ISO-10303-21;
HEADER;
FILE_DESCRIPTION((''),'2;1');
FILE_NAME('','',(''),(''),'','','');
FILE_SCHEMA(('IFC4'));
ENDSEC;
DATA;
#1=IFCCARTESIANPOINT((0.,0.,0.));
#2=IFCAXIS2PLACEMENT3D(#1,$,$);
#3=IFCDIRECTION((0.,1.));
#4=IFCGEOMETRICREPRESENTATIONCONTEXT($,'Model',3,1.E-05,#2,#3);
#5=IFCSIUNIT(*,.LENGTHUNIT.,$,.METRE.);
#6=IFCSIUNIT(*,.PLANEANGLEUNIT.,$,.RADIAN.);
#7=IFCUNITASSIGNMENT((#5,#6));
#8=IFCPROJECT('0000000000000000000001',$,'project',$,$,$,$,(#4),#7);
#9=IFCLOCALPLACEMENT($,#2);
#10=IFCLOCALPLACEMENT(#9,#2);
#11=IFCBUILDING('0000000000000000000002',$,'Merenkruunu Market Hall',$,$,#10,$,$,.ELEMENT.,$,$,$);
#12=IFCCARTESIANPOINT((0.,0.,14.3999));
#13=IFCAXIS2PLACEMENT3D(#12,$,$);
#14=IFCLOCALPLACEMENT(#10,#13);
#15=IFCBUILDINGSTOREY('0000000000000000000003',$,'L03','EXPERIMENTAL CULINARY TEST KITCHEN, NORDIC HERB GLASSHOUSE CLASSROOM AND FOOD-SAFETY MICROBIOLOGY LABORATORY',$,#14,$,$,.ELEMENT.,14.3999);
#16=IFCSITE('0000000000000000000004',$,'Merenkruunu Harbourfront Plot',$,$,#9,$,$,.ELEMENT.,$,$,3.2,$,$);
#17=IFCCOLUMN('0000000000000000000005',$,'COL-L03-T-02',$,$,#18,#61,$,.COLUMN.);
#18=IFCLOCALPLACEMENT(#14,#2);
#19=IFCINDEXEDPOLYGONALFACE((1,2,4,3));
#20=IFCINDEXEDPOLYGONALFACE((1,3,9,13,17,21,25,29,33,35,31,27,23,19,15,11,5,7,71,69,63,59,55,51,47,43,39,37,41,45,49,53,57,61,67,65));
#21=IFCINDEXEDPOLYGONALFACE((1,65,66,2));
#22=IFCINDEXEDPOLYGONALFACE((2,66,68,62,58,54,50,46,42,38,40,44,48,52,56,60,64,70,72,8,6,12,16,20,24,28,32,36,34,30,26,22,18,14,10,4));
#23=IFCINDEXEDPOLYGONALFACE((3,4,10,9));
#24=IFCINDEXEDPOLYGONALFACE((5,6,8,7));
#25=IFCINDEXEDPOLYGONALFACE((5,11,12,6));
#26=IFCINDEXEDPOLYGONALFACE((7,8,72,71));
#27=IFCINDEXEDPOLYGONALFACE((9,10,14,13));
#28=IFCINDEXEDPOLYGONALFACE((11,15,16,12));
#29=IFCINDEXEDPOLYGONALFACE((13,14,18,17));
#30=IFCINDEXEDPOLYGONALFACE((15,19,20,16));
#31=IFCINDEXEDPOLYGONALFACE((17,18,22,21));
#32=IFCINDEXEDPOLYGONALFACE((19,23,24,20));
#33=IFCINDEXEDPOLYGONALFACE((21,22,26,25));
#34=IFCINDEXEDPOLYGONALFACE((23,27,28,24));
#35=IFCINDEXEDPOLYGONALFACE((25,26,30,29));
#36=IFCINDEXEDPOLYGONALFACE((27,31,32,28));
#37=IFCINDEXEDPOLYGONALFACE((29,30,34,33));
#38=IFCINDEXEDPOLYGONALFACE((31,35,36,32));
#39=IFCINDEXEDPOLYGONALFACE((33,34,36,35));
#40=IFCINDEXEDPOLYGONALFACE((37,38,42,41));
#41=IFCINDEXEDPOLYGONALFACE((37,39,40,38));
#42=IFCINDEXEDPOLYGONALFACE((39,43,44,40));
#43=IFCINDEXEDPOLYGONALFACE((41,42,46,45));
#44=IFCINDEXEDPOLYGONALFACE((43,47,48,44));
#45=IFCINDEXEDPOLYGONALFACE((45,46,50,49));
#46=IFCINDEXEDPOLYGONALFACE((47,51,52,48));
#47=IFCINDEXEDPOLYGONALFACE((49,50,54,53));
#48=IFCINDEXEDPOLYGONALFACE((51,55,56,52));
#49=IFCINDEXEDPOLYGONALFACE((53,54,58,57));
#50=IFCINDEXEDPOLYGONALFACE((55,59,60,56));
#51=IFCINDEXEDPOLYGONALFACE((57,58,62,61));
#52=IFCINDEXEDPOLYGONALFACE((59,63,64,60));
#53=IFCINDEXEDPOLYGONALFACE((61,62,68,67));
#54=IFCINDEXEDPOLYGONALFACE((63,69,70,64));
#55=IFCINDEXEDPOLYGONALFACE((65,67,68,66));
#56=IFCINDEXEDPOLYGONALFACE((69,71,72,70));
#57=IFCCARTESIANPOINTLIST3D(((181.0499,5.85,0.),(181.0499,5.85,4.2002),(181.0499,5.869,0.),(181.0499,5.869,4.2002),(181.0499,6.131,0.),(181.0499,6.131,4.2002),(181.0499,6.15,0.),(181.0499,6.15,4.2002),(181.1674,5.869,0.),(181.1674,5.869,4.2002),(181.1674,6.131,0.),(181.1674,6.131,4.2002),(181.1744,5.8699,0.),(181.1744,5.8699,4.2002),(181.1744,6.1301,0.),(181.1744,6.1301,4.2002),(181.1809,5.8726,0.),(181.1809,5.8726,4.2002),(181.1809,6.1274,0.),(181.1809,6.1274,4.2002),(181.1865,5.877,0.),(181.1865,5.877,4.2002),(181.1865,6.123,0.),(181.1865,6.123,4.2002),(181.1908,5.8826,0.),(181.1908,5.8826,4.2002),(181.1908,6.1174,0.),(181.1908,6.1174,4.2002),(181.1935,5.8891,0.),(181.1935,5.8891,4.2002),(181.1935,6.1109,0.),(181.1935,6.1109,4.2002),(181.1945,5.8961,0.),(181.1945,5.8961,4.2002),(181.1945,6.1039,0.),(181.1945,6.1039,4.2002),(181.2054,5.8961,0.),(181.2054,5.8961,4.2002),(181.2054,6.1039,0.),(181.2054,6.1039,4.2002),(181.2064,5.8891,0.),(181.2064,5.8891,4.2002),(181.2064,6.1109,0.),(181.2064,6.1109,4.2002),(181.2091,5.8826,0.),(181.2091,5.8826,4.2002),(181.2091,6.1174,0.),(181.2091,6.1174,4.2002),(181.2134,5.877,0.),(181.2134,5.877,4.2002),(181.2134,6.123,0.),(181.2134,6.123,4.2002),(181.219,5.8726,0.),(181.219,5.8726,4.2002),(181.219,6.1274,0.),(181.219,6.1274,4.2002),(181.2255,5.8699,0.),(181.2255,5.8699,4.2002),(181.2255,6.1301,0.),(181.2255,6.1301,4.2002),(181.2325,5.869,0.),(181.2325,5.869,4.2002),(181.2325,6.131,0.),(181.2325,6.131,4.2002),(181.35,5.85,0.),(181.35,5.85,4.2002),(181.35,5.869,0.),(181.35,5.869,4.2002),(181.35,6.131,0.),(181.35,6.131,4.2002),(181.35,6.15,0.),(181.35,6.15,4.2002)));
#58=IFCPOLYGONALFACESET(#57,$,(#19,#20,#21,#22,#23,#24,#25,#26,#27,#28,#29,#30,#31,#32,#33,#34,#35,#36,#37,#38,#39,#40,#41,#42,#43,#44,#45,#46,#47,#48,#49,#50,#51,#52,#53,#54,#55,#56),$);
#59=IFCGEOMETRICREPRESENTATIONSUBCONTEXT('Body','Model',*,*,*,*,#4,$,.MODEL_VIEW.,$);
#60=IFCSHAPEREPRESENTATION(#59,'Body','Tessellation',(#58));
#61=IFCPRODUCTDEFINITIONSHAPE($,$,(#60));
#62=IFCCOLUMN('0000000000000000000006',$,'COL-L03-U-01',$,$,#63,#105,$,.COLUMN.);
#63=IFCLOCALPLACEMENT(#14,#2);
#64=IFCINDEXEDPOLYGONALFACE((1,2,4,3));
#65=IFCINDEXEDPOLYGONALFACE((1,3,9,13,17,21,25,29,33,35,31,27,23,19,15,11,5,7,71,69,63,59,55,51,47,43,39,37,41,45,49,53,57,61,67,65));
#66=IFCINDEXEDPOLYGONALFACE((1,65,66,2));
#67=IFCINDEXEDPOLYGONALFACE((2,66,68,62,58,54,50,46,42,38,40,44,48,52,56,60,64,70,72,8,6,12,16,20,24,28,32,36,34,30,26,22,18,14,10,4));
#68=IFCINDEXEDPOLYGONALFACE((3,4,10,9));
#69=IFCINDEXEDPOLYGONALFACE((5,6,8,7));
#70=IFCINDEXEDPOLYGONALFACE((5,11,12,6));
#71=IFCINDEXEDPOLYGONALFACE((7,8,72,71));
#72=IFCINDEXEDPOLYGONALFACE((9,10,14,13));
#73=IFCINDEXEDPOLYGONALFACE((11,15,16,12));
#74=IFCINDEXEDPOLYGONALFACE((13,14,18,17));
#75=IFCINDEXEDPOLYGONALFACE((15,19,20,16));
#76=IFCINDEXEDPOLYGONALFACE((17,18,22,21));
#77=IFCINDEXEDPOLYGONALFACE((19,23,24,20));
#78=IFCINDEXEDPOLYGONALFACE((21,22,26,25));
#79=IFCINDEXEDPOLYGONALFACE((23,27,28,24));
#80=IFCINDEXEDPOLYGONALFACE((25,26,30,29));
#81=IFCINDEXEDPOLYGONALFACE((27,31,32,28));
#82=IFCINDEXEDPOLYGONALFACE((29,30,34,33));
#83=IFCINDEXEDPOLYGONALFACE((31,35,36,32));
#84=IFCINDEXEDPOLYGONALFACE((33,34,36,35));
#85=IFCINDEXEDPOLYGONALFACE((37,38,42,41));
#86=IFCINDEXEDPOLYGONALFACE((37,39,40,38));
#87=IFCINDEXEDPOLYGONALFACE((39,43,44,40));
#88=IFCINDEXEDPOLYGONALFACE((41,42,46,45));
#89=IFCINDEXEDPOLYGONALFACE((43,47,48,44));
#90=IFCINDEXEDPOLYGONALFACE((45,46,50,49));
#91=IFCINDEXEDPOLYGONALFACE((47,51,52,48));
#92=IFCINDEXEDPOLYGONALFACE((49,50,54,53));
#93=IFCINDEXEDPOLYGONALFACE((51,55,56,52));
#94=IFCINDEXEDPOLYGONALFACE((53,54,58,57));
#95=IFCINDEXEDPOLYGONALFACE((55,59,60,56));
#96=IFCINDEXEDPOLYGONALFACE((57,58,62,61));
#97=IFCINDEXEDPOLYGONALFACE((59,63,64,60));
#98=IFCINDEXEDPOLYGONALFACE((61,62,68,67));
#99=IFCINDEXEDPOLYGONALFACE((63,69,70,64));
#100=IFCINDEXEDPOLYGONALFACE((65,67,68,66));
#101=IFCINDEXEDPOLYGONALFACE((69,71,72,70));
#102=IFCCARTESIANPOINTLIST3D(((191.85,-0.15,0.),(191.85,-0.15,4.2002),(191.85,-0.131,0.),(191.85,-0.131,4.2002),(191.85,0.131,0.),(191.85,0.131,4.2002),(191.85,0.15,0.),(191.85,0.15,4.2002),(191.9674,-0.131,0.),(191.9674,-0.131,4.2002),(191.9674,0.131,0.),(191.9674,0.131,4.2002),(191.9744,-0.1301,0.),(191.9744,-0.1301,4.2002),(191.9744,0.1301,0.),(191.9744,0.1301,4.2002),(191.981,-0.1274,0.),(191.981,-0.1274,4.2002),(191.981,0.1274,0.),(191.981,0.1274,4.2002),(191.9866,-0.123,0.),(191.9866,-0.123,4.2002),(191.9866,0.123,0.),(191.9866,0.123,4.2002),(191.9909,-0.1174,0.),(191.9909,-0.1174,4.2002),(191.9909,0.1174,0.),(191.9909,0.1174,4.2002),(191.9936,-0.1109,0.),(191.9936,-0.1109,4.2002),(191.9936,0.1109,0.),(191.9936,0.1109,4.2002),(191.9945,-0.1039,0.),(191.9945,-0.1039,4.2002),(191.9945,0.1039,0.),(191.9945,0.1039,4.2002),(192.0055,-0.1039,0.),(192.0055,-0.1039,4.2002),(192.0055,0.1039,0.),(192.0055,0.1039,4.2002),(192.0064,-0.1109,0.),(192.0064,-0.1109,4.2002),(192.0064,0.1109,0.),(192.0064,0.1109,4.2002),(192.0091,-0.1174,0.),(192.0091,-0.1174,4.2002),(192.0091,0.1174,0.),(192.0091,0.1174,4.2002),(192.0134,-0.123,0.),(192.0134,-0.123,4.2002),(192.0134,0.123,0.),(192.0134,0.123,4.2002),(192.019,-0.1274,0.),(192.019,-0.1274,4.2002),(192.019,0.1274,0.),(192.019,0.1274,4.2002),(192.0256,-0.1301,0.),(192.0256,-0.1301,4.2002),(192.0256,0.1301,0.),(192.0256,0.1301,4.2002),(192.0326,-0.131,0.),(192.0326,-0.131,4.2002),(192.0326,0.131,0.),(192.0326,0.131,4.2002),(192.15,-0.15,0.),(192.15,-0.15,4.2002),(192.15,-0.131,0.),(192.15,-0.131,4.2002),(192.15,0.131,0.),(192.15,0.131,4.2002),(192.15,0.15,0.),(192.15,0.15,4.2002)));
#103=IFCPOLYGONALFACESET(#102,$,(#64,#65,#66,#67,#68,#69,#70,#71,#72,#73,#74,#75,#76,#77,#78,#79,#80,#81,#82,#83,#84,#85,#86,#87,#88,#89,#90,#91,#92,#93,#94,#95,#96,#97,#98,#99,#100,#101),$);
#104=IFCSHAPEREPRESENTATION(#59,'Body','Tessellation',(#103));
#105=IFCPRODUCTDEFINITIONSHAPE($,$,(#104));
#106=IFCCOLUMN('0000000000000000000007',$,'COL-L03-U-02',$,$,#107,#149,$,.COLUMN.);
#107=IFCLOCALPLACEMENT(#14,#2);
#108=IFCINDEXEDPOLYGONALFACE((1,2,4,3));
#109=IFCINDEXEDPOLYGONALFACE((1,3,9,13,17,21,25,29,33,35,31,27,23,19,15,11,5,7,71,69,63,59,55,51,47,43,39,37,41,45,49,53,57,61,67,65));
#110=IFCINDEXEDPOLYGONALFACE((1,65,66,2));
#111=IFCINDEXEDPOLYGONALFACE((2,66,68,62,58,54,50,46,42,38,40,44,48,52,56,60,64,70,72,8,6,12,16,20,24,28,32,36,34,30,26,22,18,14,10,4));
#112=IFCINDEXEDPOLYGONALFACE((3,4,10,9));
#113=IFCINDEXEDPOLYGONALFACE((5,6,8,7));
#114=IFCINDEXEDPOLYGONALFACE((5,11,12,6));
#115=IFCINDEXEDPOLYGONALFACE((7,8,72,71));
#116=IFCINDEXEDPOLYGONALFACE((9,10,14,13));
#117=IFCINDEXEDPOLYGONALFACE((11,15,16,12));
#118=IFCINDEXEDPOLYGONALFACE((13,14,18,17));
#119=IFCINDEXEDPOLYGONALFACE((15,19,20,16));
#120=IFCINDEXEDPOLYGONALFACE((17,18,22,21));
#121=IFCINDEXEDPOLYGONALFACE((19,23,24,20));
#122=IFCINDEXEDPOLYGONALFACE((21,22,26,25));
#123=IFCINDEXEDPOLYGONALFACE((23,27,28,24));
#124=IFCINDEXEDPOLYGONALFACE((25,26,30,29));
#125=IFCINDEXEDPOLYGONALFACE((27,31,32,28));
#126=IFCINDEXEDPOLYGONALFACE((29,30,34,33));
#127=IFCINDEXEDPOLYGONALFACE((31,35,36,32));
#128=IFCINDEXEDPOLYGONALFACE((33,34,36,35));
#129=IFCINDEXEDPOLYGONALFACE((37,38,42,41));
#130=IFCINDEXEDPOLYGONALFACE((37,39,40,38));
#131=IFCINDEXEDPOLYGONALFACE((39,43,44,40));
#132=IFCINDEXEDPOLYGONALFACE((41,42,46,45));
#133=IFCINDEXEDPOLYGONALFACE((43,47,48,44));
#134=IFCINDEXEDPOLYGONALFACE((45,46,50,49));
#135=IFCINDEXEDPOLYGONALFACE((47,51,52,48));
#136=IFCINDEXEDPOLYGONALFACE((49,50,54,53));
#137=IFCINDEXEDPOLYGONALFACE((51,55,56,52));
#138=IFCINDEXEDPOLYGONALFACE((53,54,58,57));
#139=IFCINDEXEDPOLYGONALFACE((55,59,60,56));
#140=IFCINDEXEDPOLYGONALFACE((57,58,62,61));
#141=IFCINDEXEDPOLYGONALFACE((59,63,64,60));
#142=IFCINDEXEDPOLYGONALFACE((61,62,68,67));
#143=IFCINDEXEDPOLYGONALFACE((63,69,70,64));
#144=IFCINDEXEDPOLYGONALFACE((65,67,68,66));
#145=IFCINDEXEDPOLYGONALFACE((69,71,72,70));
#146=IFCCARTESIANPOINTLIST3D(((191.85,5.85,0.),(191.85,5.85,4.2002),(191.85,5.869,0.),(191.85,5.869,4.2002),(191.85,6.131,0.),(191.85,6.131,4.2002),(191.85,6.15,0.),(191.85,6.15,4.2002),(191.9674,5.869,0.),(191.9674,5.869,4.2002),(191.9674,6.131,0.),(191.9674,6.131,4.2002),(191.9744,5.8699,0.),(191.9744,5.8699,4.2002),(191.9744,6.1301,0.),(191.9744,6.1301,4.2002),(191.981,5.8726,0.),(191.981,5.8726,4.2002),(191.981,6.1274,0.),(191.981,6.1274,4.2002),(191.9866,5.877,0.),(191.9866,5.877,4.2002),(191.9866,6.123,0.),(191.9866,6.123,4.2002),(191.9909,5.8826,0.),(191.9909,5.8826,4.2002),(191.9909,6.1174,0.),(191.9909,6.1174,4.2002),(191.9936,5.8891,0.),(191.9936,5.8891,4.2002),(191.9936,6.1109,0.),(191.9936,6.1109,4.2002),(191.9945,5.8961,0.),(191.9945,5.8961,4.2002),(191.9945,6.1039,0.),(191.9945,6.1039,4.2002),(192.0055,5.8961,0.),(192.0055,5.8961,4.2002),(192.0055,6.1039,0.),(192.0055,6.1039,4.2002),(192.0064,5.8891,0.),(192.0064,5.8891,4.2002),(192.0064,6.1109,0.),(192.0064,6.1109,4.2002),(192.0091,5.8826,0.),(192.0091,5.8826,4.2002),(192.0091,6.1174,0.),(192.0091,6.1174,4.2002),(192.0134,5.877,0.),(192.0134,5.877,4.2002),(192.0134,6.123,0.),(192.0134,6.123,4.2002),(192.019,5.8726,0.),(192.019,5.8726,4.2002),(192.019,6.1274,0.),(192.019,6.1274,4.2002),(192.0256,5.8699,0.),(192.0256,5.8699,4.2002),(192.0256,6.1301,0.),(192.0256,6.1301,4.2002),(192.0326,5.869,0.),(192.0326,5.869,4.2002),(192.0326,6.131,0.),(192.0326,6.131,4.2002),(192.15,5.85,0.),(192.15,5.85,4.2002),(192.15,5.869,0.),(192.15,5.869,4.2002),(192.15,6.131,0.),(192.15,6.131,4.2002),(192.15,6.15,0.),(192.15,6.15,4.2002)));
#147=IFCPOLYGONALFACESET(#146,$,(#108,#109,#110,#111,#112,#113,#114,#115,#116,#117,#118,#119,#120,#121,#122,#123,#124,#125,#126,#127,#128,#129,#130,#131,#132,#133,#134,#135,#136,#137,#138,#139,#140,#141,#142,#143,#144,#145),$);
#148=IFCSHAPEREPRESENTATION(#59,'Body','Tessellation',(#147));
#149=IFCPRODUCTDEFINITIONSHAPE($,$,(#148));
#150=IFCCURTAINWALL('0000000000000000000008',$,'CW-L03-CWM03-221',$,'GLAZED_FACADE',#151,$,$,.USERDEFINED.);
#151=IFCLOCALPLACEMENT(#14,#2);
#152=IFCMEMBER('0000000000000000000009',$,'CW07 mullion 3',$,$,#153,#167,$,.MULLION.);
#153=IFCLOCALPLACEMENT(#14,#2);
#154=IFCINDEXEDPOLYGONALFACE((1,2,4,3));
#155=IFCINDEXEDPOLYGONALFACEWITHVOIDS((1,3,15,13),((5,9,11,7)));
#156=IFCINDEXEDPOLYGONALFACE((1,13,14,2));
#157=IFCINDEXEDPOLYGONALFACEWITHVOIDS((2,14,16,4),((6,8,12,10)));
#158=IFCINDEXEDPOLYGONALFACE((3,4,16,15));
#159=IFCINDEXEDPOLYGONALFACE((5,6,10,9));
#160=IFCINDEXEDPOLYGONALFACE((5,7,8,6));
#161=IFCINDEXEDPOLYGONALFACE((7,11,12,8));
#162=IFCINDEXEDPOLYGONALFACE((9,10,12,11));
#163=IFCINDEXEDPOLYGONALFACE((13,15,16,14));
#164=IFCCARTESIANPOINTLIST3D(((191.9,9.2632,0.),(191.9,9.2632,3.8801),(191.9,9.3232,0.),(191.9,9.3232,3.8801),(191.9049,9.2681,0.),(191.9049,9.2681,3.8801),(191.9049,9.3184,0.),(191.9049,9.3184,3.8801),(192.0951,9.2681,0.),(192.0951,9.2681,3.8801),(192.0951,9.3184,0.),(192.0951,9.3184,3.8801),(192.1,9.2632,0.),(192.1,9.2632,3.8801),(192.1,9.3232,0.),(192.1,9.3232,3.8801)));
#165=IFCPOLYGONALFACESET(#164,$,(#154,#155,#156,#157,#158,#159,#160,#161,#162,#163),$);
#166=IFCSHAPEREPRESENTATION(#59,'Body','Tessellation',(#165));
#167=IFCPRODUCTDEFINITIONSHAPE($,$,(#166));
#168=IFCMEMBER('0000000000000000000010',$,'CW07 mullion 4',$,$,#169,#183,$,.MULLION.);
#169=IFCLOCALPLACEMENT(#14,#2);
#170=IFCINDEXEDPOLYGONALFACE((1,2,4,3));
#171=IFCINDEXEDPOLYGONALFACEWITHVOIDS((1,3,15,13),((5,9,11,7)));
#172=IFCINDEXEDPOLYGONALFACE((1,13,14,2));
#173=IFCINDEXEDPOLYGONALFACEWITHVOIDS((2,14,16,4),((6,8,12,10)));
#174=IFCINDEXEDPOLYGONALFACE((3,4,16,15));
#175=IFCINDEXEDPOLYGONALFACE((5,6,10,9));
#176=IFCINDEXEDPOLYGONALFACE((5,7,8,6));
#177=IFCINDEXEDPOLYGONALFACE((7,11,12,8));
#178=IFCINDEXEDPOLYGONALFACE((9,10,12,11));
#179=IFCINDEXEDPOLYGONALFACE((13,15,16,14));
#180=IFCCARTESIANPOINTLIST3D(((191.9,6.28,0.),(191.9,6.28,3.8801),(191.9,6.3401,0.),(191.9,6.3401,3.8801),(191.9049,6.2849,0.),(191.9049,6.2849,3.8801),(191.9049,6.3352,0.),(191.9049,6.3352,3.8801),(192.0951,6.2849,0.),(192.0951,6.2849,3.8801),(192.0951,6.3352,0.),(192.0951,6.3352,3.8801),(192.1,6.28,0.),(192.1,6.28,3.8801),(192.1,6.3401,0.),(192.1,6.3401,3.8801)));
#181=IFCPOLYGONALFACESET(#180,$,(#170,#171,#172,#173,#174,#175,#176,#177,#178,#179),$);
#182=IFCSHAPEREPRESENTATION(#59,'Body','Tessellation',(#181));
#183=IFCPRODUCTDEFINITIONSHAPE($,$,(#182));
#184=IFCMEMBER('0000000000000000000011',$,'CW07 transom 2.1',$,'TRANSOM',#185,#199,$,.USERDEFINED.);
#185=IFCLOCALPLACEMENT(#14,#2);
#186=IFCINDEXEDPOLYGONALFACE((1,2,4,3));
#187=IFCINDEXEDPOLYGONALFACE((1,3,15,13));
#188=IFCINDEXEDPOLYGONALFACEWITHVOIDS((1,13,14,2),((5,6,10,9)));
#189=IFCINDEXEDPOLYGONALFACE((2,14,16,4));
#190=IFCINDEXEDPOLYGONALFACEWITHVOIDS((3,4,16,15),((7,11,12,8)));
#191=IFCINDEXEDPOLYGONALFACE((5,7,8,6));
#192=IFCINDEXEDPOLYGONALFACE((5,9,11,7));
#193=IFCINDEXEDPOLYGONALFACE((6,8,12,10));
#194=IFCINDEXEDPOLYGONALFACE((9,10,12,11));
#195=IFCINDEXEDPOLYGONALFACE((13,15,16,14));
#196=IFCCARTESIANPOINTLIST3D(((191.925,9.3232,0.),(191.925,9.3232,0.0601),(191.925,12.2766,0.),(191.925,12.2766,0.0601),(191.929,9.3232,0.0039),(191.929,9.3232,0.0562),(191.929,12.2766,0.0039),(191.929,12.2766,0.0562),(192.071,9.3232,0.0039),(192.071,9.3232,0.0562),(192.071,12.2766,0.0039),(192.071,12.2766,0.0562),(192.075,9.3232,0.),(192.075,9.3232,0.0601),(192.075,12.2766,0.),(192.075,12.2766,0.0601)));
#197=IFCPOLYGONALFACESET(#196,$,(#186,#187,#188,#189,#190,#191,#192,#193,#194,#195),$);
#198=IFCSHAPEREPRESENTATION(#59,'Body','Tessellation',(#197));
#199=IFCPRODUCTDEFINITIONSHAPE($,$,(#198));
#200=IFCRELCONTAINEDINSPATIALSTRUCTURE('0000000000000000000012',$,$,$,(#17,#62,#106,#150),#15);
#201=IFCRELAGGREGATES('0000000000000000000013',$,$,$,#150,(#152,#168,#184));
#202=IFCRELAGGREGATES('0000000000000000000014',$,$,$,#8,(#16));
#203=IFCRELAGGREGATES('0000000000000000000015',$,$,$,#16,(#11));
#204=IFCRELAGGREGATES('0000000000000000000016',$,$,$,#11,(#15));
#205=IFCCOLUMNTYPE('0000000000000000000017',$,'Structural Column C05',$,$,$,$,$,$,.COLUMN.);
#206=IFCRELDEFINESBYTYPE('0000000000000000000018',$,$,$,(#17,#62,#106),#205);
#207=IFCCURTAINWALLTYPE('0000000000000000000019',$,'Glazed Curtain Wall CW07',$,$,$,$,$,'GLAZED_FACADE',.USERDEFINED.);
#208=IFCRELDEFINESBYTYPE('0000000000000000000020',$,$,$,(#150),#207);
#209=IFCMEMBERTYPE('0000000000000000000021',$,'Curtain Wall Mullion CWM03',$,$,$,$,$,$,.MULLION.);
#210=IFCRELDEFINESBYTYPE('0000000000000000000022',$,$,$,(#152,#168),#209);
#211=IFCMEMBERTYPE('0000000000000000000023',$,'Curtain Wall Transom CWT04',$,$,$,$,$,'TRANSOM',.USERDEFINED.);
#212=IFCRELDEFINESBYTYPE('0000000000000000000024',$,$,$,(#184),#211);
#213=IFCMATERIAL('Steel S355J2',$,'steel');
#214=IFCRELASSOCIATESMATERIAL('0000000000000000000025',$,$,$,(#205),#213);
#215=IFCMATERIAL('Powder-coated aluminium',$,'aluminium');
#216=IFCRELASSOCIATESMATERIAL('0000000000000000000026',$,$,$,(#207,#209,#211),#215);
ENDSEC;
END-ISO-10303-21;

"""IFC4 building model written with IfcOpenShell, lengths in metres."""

from ifc_helpers import new_model, si_unit, direction, frame, origin, origin_2d, place, context, subcontext, project, spatial, hollow_rectangle, i_section, extrude, material, material_profile, profile_set, type_object, element, aggregate, save


model = new_model("IFC4")

# Units and contexts
model_context = context("Model", 3, precision=1e-05, world=origin(), true_north=direction((0.0, 1.0)))
body_context = subcontext(model_context, "Body", "Model", "MODEL_VIEW")
ifc_project = project(units=[si_unit("LENGTHUNIT", "METRE"), si_unit("PLANEANGLEUNIT", "RADIAN")], contexts=[model_context])

# Site, building, storey
site_placement = place(None, origin())
site = spatial("IfcSite", under=ifc_project, at=site_placement, Name="Merenkruunu Harbourfront Plot", CompositionType="ELEMENT", RefElevation=3.2)
building_placement = place(site_placement, origin())
building = spatial("IfcBuilding", under=site, at=building_placement, Name="Merenkruunu Market Hall", CompositionType="ELEMENT")
storey_placement = place(building_placement, frame((0.0, 0.0, 14.3999)))
storey = spatial("IfcBuildingStorey", under=building, at=storey_placement, Name="L03", Description="EXPERIMENTAL CULINARY TEST KITCHEN, NORDIC HERB GLASSHOUSE CLASSROOM AND FOOD-SAFETY MICROBIOLOGY LABORATORY", CompositionType="ELEMENT", Elevation=14.3999)

# Columns
ifc_material_1 = material(Name="Steel S355J2", Category="steel")
ifc_material_profile_1 = material_profile(ifc_material_1, i_section(OverallWidth=0.3, OverallDepth=0.3, WebThickness=0.011, FlangeThickness=0.019, FilletRadius=0.0271, at=origin_2d()), Name="HEB 300")
ifc_profile_set_1 = profile_set([ifc_material_profile_1], Name="Steel S355J2")
column_type = type_object("IfcColumnType", Name="Structural Column C05", PredefinedType="COLUMN", material=ifc_profile_set_1)
for number, where, z_axis, x_axis, name in (
    (1, (181.2, 6.0, 0.0), (0.0, 0.0, 1.0), (1.0, 0.0, 0.0), "COL-L03-T-02"),
    (2, (192.0, 0.0, 0.0), (0.0, 0.0, 1.0), (1.0, 0.0, 0.0), "COL-L03-U-01"),
    (3, (192.0, 6.0, 0.0), (0.0, 0.0, 1.0), (1.0, 0.0, 0.0), "COL-L03-U-02"),
):
    element("IfcColumn", number, at=place(storey_placement, frame(where, z_axis=z_axis, x_axis=x_axis)), inside=storey, type_object=column_type, Name=name, PredefinedType="COLUMN", context=body_context, shape_type="SweptSolid", body=[
        extrude(i_section(OverallWidth=0.3, OverallDepth=0.3, WebThickness=0.011, FlangeThickness=0.019, FilletRadius=0.0271, at=origin_2d()), origin(), (0.0, 0.0, 1.0), 4.2002),
    ])

# Curtain wall, members
ifc_material_2 = material(Name="Powder-coated aluminium", Category="aluminium")
curtain_wall_type = type_object("IfcCurtainWallType", Name="Glazed Curtain Wall CW07", ElementType="GLAZED_FACADE", PredefinedType="USERDEFINED", material=ifc_material_2)
curtain_wall_placement = place(storey_placement, origin())
curtain_wall = element("IfcCurtainWall", 4, at=curtain_wall_placement, inside=storey, type_object=curtain_wall_type, Name="CW-L03-CWM03-221", ObjectType="GLAZED_FACADE", PredefinedType="USERDEFINED")
ifc_material_profile_2 = material_profile(ifc_material_2, hollow_rectangle(XDim=0.0601, YDim=0.2, WallThickness=0.0049, at=origin_2d()), Name="ALU 60x200x5")
ifc_profile_set_2 = profile_set([ifc_material_profile_2], Name="Powder-coated aluminium")
member_type_1 = type_object("IfcMemberType", Name="Curtain Wall Mullion CWM03", PredefinedType="MULLION", material=ifc_profile_set_2)
member_1_placement = place(storey_placement, frame((192.0, 9.2932, 0.0), z_axis=(0.0, 0.0, 1.0), x_axis=(0.0, -1.0, 0.0)))
member_1 = element("IfcMember", 5, at=member_1_placement, type_object=member_type_1, Name="CW07 mullion 3", PredefinedType="MULLION", context=body_context, shape_type="SweptSolid", body=[
    extrude(hollow_rectangle(XDim=0.0601, YDim=0.2, WallThickness=0.0049, at=origin_2d()), origin(), (0.0, 0.0, 1.0), 3.8801),
])
member_2_placement = place(storey_placement, frame((192.0, 6.3101, 0.0), z_axis=(0.0, 0.0, 1.0), x_axis=(0.0, -1.0, 0.0)))
member_2 = element("IfcMember", 6, at=member_2_placement, type_object=member_type_1, Name="CW07 mullion 4", PredefinedType="MULLION", context=body_context, shape_type="SweptSolid", body=[
    extrude(hollow_rectangle(XDim=0.0601, YDim=0.2, WallThickness=0.0049, at=origin_2d()), origin(), (0.0, 0.0, 1.0), 3.8801),
])
ifc_material_profile_3 = material_profile(ifc_material_2, hollow_rectangle(XDim=0.0601, YDim=0.1499, WallThickness=0.0039, at=origin_2d()), Name="ALU 60x150x4")
ifc_profile_set_3 = profile_set([ifc_material_profile_3], Name="Powder-coated aluminium")
member_type_2 = type_object("IfcMemberType", Name="Curtain Wall Transom CWT04", ElementType="TRANSOM", PredefinedType="USERDEFINED", material=ifc_profile_set_3)
member_3_placement = place(storey_placement, frame((192.0, 12.2766, 0.03), z_axis=(0.0, -1.0, 0.0), x_axis=(0.0, 0.0, 1.0)))
member_3 = element("IfcMember", 7, at=member_3_placement, type_object=member_type_2, Name="CW07 transom 2.1", ObjectType="TRANSOM", PredefinedType="USERDEFINED", context=body_context, shape_type="SweptSolid", body=[
    extrude(hollow_rectangle(XDim=0.0601, YDim=0.1499, WallThickness=0.0039, at=origin_2d()), origin(), (0.0, 0.0, 1.0), 2.9534),
])

aggregate(curtain_wall, [member_1, member_2, member_3])

save(model, "model.ifc")
